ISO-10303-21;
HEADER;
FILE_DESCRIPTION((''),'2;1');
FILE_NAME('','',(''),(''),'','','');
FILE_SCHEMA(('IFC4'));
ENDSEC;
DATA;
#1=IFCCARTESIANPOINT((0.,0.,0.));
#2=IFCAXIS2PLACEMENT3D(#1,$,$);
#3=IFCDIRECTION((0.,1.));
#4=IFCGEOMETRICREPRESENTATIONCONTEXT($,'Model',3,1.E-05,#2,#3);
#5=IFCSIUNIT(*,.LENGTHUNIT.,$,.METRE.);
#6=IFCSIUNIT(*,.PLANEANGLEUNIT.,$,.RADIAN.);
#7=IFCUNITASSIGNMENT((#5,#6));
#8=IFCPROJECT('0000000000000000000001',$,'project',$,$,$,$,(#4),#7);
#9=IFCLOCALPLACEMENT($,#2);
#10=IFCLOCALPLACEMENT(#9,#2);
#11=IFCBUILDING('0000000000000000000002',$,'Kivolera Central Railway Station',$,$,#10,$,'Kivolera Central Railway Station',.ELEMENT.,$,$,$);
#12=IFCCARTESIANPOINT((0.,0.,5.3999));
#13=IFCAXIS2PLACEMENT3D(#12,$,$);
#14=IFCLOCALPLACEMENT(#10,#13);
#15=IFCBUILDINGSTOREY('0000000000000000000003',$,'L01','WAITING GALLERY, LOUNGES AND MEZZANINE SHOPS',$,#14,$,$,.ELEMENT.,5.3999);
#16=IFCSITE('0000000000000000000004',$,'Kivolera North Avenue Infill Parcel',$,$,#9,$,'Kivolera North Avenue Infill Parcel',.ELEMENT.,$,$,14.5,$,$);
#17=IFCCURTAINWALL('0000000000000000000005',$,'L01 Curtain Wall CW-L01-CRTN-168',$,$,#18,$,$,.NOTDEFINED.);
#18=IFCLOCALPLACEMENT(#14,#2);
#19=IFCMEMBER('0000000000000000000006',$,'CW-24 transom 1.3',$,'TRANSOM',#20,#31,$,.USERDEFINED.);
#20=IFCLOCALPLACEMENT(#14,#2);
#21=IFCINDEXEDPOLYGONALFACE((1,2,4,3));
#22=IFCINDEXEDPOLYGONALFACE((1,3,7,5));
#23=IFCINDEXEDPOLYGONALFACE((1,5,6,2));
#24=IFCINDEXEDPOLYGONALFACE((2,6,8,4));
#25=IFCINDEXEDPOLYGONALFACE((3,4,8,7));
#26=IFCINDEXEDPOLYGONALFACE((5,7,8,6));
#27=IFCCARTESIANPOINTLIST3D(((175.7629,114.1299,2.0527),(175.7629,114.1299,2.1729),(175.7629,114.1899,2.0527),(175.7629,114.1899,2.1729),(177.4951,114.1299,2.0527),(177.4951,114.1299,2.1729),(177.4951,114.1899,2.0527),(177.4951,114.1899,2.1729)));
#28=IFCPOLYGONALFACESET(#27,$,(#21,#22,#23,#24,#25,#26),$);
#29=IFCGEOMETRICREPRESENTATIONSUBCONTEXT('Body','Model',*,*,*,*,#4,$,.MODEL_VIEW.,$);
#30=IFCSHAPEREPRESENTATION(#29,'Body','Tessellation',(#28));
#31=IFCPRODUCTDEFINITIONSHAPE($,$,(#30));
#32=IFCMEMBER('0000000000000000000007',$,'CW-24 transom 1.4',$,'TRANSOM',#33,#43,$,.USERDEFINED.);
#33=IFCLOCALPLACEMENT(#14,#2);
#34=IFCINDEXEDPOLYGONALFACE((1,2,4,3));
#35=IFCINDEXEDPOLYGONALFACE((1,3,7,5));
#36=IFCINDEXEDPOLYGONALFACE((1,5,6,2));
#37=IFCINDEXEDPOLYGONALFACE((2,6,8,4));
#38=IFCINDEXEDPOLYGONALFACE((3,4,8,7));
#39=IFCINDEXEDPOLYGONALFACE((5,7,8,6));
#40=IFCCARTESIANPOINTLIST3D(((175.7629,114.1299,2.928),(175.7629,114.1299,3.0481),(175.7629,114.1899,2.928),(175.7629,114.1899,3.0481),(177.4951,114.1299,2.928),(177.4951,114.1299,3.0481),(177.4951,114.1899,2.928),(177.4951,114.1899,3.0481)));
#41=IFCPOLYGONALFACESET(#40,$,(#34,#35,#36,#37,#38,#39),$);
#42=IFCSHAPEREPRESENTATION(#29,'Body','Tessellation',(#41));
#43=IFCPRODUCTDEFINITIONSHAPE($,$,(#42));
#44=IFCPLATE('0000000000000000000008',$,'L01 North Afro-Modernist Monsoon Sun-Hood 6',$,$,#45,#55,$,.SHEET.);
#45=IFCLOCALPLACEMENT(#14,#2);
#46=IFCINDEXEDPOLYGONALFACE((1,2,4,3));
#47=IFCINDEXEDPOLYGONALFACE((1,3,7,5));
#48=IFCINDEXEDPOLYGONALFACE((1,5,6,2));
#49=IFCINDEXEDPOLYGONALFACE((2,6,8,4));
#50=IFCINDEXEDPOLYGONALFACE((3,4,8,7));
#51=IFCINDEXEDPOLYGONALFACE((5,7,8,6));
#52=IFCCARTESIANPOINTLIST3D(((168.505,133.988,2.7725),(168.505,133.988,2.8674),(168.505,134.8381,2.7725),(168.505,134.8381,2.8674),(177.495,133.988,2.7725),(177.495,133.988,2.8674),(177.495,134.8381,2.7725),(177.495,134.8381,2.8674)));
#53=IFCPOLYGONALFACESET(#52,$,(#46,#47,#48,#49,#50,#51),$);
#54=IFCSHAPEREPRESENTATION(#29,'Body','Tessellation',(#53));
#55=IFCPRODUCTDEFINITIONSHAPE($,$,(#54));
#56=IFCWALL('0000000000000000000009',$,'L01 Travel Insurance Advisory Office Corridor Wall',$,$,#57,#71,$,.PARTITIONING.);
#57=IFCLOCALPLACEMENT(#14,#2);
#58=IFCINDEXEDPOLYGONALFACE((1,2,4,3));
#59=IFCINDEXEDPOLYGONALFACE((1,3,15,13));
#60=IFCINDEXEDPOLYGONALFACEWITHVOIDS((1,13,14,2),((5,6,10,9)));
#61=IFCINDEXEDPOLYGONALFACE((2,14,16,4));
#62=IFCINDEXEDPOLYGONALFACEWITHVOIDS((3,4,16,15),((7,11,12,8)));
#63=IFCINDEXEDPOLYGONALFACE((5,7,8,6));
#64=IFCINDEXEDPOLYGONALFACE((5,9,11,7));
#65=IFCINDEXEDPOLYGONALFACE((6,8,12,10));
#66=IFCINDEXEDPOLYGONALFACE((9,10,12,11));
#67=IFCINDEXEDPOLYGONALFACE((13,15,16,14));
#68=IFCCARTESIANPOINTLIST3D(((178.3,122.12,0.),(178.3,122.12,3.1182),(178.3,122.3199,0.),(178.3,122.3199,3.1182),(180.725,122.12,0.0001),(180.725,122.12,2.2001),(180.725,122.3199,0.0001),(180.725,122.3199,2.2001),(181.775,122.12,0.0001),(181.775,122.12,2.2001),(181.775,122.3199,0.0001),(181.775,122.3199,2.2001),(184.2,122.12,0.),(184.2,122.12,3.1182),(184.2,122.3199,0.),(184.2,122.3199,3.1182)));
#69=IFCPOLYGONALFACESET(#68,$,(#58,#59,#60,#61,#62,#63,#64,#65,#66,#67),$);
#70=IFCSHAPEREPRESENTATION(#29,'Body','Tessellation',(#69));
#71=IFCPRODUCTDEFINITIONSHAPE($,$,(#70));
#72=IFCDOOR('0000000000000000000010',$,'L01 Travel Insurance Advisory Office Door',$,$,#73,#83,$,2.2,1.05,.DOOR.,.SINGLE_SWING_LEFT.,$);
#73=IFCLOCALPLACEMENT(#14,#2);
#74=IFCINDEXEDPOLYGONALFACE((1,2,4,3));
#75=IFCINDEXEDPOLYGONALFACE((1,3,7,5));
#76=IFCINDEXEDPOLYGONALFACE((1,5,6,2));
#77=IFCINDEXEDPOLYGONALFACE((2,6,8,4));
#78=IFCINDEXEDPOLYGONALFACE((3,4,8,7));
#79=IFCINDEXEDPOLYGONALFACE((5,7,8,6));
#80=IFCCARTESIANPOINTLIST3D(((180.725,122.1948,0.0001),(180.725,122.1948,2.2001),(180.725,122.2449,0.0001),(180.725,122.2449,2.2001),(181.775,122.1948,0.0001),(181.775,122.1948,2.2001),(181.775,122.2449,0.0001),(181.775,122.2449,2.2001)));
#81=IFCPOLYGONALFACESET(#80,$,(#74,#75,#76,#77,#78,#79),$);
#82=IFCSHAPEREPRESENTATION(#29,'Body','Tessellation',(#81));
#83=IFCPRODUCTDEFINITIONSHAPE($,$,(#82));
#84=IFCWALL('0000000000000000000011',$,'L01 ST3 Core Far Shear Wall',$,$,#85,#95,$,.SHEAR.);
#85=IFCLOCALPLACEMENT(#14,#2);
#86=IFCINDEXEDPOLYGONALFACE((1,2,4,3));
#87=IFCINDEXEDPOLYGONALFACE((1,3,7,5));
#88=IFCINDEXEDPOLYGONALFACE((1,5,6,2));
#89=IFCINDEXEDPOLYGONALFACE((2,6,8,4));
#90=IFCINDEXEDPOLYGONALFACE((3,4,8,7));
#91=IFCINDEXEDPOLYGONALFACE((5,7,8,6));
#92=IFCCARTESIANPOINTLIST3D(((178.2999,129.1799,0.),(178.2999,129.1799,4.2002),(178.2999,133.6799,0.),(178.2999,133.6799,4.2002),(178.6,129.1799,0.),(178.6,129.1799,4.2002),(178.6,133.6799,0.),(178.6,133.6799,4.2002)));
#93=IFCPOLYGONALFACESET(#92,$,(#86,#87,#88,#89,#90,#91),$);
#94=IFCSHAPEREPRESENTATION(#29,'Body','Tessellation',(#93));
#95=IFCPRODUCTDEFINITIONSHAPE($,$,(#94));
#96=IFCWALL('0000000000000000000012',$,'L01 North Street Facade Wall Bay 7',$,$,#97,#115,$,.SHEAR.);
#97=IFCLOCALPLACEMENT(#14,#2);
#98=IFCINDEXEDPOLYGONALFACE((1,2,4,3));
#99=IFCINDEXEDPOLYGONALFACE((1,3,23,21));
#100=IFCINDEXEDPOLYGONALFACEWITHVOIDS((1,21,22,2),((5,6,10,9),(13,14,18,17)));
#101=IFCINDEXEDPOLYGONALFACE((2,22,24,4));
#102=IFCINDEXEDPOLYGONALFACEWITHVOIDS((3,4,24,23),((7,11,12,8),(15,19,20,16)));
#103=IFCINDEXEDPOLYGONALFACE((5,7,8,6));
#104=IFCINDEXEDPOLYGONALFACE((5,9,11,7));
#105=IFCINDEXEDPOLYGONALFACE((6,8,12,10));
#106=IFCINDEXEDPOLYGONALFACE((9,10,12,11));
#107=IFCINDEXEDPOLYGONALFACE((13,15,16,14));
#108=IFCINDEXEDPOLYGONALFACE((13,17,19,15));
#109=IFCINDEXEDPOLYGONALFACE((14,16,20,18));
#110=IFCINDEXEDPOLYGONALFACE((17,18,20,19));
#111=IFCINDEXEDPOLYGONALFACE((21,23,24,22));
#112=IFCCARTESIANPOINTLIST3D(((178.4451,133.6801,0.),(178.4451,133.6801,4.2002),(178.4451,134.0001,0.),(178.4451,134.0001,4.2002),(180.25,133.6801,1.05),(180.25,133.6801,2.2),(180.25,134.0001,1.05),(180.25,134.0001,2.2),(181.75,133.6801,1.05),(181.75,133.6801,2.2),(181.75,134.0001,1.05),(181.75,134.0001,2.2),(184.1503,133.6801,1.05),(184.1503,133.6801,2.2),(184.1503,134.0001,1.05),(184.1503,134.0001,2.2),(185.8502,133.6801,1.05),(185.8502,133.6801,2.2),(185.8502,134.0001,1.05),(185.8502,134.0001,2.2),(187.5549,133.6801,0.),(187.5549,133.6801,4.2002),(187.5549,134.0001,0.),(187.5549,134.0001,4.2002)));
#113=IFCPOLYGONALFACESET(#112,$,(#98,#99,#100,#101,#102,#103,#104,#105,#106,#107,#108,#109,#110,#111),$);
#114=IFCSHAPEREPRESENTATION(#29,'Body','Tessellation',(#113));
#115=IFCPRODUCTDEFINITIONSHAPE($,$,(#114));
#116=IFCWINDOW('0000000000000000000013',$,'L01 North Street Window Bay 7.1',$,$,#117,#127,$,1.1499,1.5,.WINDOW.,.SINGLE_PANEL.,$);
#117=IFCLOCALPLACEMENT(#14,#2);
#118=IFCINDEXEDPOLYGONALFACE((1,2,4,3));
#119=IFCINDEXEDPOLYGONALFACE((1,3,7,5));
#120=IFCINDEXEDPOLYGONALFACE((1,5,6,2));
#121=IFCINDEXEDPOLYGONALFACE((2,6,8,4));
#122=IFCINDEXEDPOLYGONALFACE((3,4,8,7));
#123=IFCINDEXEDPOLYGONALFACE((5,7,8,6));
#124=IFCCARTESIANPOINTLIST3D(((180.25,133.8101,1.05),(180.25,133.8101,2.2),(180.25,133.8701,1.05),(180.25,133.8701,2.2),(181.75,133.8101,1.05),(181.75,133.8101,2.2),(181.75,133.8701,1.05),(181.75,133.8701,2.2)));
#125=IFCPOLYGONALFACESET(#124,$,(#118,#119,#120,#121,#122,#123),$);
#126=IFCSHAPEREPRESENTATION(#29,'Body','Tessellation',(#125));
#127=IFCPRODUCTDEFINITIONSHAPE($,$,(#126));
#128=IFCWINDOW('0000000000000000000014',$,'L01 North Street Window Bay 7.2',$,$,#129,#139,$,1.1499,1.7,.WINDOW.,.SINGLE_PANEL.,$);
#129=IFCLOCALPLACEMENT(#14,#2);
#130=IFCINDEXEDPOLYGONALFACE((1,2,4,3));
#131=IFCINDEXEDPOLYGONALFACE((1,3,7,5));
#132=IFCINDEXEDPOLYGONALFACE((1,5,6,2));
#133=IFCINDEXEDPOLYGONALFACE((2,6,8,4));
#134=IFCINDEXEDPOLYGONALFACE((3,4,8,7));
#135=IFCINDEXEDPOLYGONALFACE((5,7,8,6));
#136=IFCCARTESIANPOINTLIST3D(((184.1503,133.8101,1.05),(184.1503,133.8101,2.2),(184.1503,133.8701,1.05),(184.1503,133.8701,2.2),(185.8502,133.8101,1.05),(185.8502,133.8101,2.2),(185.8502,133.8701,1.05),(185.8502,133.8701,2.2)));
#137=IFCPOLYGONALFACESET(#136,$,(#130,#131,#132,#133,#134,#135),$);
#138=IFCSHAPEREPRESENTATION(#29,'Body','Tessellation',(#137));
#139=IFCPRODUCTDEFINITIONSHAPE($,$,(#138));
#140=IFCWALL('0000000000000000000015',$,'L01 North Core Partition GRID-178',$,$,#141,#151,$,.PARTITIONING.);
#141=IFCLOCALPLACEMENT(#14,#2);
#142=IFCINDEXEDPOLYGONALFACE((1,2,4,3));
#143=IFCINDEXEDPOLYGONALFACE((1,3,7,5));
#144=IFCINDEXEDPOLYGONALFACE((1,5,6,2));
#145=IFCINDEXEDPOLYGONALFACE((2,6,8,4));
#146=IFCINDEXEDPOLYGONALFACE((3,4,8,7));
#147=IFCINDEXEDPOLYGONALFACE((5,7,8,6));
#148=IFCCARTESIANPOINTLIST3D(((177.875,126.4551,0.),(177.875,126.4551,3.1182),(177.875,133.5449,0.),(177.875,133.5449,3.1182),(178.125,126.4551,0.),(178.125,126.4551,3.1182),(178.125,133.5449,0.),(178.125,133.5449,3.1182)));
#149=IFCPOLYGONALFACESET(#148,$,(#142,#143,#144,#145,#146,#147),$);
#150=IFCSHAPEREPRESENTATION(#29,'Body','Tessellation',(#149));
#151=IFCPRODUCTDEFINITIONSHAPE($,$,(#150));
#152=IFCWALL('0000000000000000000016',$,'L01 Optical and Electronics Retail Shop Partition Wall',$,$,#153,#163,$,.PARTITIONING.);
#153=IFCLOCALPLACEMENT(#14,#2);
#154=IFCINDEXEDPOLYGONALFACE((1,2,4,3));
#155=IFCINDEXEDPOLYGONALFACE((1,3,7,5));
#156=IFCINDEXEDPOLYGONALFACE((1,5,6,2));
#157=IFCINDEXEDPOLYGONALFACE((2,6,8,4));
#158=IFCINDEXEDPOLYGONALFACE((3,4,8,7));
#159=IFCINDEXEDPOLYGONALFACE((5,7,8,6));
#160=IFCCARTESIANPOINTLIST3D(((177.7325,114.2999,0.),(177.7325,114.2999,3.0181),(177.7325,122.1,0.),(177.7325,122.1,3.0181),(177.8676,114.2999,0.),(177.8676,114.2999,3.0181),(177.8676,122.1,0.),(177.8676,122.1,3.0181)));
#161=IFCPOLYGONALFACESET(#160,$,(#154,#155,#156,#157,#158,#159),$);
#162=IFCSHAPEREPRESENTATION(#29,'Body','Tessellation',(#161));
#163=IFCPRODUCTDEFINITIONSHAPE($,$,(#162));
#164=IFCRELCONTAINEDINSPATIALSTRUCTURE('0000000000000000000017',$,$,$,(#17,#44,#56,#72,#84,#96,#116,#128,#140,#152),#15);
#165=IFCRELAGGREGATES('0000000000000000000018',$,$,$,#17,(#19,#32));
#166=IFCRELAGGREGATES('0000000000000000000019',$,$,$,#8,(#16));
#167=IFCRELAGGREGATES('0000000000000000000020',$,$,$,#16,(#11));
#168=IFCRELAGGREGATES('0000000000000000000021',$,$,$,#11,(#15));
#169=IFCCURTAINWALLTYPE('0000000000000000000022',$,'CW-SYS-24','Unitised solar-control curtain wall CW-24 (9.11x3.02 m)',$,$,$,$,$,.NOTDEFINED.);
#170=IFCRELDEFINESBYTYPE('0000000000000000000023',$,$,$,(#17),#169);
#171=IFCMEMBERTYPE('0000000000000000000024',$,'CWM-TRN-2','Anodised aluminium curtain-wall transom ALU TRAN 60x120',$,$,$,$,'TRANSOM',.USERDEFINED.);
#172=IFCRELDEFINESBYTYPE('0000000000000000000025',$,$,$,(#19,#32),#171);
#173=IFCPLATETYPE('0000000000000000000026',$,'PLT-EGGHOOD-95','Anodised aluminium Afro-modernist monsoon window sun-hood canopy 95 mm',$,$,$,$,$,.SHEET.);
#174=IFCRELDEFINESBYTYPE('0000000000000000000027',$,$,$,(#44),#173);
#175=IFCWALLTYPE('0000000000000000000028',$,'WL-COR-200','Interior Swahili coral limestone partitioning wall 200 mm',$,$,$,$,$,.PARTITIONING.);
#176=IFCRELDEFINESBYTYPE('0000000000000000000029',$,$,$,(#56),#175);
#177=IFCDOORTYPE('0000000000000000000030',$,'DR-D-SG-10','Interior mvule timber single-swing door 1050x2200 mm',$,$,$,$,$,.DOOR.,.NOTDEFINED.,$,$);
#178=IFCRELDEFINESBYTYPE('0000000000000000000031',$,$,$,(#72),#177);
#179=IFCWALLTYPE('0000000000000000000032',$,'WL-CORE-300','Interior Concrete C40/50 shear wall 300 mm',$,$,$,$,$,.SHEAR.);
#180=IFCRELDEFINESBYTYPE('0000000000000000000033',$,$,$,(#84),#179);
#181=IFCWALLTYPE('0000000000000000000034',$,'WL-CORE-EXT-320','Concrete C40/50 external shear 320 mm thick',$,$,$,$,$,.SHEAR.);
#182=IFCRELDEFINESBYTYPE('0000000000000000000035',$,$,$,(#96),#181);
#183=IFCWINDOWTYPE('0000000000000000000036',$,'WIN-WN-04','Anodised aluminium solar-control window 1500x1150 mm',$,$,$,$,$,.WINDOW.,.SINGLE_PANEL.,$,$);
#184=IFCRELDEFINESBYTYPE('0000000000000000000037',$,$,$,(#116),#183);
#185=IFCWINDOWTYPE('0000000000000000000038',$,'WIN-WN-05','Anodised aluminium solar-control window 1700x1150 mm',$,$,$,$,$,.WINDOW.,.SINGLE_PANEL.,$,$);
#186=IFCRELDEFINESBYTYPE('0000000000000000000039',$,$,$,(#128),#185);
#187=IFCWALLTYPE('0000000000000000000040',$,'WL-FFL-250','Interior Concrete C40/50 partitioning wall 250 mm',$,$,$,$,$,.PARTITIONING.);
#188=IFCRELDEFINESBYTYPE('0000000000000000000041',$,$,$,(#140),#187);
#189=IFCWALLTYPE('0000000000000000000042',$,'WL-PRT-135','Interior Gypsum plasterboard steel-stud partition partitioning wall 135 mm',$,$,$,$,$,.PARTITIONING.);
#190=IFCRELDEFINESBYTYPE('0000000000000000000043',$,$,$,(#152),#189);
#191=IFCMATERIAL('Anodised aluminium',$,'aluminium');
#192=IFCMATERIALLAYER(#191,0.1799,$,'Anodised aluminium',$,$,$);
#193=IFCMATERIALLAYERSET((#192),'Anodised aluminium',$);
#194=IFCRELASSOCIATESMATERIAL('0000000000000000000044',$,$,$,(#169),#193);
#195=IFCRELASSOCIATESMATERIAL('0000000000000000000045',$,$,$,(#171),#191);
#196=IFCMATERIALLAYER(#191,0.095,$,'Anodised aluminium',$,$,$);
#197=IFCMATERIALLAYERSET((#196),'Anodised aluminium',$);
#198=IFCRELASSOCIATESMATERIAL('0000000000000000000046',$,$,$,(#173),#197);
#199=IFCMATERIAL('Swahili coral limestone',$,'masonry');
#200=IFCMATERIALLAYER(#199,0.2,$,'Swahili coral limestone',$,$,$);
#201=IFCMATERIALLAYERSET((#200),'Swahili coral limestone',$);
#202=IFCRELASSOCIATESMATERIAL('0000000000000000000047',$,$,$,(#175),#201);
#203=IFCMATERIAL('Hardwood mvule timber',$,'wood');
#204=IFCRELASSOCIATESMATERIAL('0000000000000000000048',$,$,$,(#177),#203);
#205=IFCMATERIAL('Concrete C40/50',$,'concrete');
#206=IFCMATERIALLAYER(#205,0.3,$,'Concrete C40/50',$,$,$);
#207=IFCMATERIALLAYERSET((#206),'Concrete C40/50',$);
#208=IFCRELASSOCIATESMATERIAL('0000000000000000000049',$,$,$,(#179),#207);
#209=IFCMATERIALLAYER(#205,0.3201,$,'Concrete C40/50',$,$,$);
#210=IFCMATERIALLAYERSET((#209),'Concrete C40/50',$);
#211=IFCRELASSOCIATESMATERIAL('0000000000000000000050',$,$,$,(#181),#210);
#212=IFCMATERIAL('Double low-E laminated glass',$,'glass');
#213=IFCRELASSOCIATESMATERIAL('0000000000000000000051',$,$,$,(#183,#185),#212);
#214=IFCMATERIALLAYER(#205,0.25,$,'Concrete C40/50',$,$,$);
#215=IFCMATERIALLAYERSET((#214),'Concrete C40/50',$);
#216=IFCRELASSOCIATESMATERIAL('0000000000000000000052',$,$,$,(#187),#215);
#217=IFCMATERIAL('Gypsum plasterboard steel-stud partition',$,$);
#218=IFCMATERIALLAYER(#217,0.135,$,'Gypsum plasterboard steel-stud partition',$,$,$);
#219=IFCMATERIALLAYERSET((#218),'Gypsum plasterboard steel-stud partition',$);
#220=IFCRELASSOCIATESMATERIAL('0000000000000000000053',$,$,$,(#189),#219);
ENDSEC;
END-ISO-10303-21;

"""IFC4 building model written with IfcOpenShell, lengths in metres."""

from ifc_helpers import new_model, si_unit, direction, frame, frame_2d, origin, origin_2d, place, context, subcontext, project, spatial, rectangle, extrude, material, layer, layer_set, material_profile, profile_set, type_object, element, fill, aggregate, save


model = new_model("IFC4")

# Units and contexts
model_context = context("Model", 3, precision=1e-05, world=origin(), true_north=direction((0.0, 1.0)))
body_context = subcontext(model_context, "Body", "Model", "MODEL_VIEW")
ifc_project = project(units=[si_unit("LENGTHUNIT", "METRE"), si_unit("PLANEANGLEUNIT", "RADIAN")], contexts=[model_context])

# Site, building, storey
site_placement = place(None, origin())
site = spatial("IfcSite", under=ifc_project, at=site_placement, Name="Kivolera North Avenue Infill Parcel", LongName="Kivolera North Avenue Infill Parcel", CompositionType="ELEMENT", RefElevation=14.5)
building_placement = place(site_placement, origin())
building = spatial("IfcBuilding", under=site, at=building_placement, Name="Kivolera Central Railway Station", LongName="Kivolera Central Railway Station", CompositionType="ELEMENT")
storey_placement = place(building_placement, frame((0.0, 0.0, 5.3999)))
storey = spatial("IfcBuildingStorey", under=building, at=storey_placement, Name="L01", Description="WAITING GALLERY, LOUNGES AND MEZZANINE SHOPS", CompositionType="ELEMENT", Elevation=5.3999)

# Shared definitions
ifc_material_1 = material(Name="Concrete C40/50", Category="concrete")

# Curtain wall, members
ifc_material_2 = material(Name="Anodised aluminium", Category="aluminium")
ifc_layer_1 = layer(ifc_material_2, 0.1799, Name="Anodised aluminium")
ifc_layer_set_1 = layer_set([ifc_layer_1], Name="Anodised aluminium")
curtain_wall_type = type_object("IfcCurtainWallType", Name="CW-SYS-24", Description="Unitised solar-control curtain wall CW-24 (9.11x3.02 m)", PredefinedType="NOTDEFINED", material=ifc_layer_set_1)
curtain_wall_placement = place(storey_placement, origin())
curtain_wall = element("IfcCurtainWall", 1, at=curtain_wall_placement, inside=storey, type_object=curtain_wall_type, Name="L01 Curtain Wall CW-L01-CRTN-168", PredefinedType="NOTDEFINED")
ifc_material_profile_1 = material_profile(ifc_material_2, rectangle(XDim=0.0601, YDim=0.1201, at=origin_2d()), Name="ALU TRAN 60x120")
ifc_profile_set_1 = profile_set([ifc_material_profile_1], Name="Anodised aluminium")
member_type_1 = type_object("IfcMemberType", Name="CWM-TRN-2", Description="Anodised aluminium curtain-wall transom ALU TRAN 60x120", ElementType="TRANSOM", PredefinedType="USERDEFINED", material=ifc_profile_set_1)
member_1_placement = place(storey_placement, frame((177.4951, 114.1599, 2.1128), z_axis=(-1.0, 0.0, 0.0), x_axis=(0.0, -1.0, 0.0)))
member_1 = element("IfcMember", 2, at=member_1_placement, type_object=member_type_1, Name="CW-24 transom 1.3", ObjectType="TRANSOM", PredefinedType="USERDEFINED", context=body_context, shape_type="SweptSolid", body=[
    extrude(rectangle(XDim=0.0601, YDim=0.1201, at=origin_2d()), origin(), (0.0, 0.0, 1.0), 1.7322),
])
member_2_placement = place(storey_placement, frame((177.4951, 114.1599, 2.988), z_axis=(-1.0, 0.0, 0.0), x_axis=(0.0, -1.0, 0.0)))
member_2 = element("IfcMember", 3, at=member_2_placement, type_object=member_type_1, Name="CW-24 transom 1.4", ObjectType="TRANSOM", PredefinedType="USERDEFINED", context=body_context, shape_type="SweptSolid", body=[
    extrude(rectangle(XDim=0.0601, YDim=0.1201, at=origin_2d()), origin(), (0.0, 0.0, 1.0), 1.7322),
])
aggregate(curtain_wall, [member_1, member_2])

# Plate
ifc_layer_2 = layer(ifc_material_2, 0.095, Name="Anodised aluminium")
ifc_layer_set_2 = layer_set([ifc_layer_2], Name="Anodised aluminium")
plate_type = type_object("IfcPlateType", Name="PLT-EGGHOOD-95", Description="Anodised aluminium Afro-modernist monsoon window sun-hood canopy 95 mm", PredefinedType="SHEET", material=ifc_layer_set_2)
plate_placement = place(storey_placement, frame((173.0, 134.4131, 2.7725), z_axis=(0.0, 0.0, 1.0), x_axis=(1.0, 0.0, 0.0)))
element("IfcPlate", 4, at=plate_placement, inside=storey, type_object=plate_type, Name="L01 North Afro-Modernist Monsoon Sun-Hood 6", PredefinedType="SHEET", context=body_context, shape_type="SweptSolid", body=[
    extrude(rectangle(XDim=8.99, YDim=0.8501, at=origin_2d()), origin(), (0.0, 0.0, 1.0), 0.095),
])

# Wall, opening, door
ifc_material_3 = material(Name="Swahili coral limestone", Category="masonry")
ifc_layer_3 = layer(ifc_material_3, 0.2, Name="Swahili coral limestone")
ifc_layer_set_3 = layer_set([ifc_layer_3], Name="Swahili coral limestone")
wall_type_1 = type_object("IfcWallType", Name="WL-COR-200", Description="Interior Swahili coral limestone partitioning wall 200 mm", PredefinedType="PARTITIONING", material=ifc_layer_set_3)
wall_1_placement = place(storey_placement, frame((178.3, 122.22, 0.0), z_axis=(0.0, 0.0, 1.0), x_axis=(1.0, 0.0, 0.0)))
wall_1 = element("IfcWall", 5, at=wall_1_placement, inside=storey, type_object=wall_type_1, Name="L01 Travel Insurance Advisory Office Corridor Wall", PredefinedType="PARTITIONING", context=body_context, shape_type="SweptSolid", body=[
    extrude(rectangle(XDim=5.8999, YDim=0.2, at=frame_2d((2.95, 0.0))), origin(), (0.0, 0.0, 1.0), 3.1182),
])
opening_1_placement = place(wall_1_placement, frame((2.425, 0.0, 0.0)))
opening_1 = element("IfcOpeningElement", 6, at=opening_1_placement, cuts=wall_1, PredefinedType="OPENING", context=body_context, shape_type="SweptSolid", body=[
    extrude(rectangle(XDim=1.05, YDim=2.2, at=frame_2d((0.5249, 1.1001))), frame((0.0, 0.1099, 0.0), z_axis=(0.0, -1.0, 0.0), x_axis=(1.0, 0.0, 0.0)), (0.0, 0.0, 1.0), 0.22),
])
ifc_material_4 = material(Name="Hardwood mvule timber", Category="wood")
door_type_1 = type_object("IfcDoorType", Name="DR-D-SG-10", Description="Interior mvule timber single-swing door 1050x2200 mm", OperationType="NOTDEFINED", PredefinedType="DOOR", material=ifc_material_4)
door_1_placement = place(opening_1_placement, origin())
door_1 = element("IfcDoor", 7, at=door_1_placement, inside=storey, type_object=door_type_1, Name="L01 Travel Insurance Advisory Office Door", OperationType="SINGLE_SWING_LEFT", OverallHeight=2.2, OverallWidth=1.05, PredefinedType="DOOR", context=body_context, shape_type="SweptSolid", body=[
    extrude(rectangle(XDim=1.05, YDim=2.2, at=frame_2d((0.5249, 1.1001))), frame((0.0, 0.0249, 0.0), z_axis=(0.0, -1.0, 0.0), x_axis=(1.0, 0.0, 0.0)), (0.0, 0.0, 1.0), 0.05),
])
fill(opening_1, door_1)

# Wall
ifc_layer_4 = layer(ifc_material_1, 0.3, Name="Concrete C40/50")
ifc_layer_set_4 = layer_set([ifc_layer_4], Name="Concrete C40/50")
wall_type_2 = type_object("IfcWallType", Name="WL-CORE-300", Description="Interior Concrete C40/50 shear wall 300 mm", PredefinedType="SHEAR", material=ifc_layer_set_4)
wall_2_placement = place(storey_placement, frame((178.45, 129.1799, 0.0), z_axis=(0.0, 0.0, 1.0), x_axis=(0.0, 1.0, 0.0)))
element("IfcWall", 8, at=wall_2_placement, inside=storey, type_object=wall_type_2, Name="L01 ST3 Core Far Shear Wall", PredefinedType="SHEAR", context=body_context, shape_type="SweptSolid", body=[
    extrude(rectangle(XDim=4.5, YDim=0.3, at=frame_2d((2.25, 0.0))), origin(), (0.0, 0.0, 1.0), 4.2002),
])

# Wall, openings, windows
ifc_layer_5 = layer(ifc_material_1, 0.3201, Name="Concrete C40/50")
ifc_layer_set_5 = layer_set([ifc_layer_5], Name="Concrete C40/50")
wall_type_3 = type_object("IfcWallType", Name="WL-CORE-EXT-320", Description="Concrete C40/50 external shear 320 mm thick", PredefinedType="SHEAR", material=ifc_layer_set_5)
wall_3_placement = place(storey_placement, frame((178.4451, 133.8401, 0.0), z_axis=(0.0, 0.0, 1.0), x_axis=(1.0, 0.0, 0.0)))
wall_3 = element("IfcWall", 9, at=wall_3_placement, inside=storey, type_object=wall_type_3, Name="L01 North Street Facade Wall Bay 7", PredefinedType="SHEAR", context=body_context, shape_type="SweptSolid", body=[
    extrude(rectangle(XDim=9.1099, YDim=0.3201, at=frame_2d((4.5549, 0.0))), origin(), (0.0, 0.0, 1.0), 4.2002),
])
opening_2_placement = place(wall_3_placement, frame((1.8049, 0.0, 1.05)))
opening_2 = element("IfcOpeningElement", 10, at=opening_2_placement, cuts=wall_3, PredefinedType="OPENING", context=body_context, shape_type="SweptSolid", body=[
    extrude(rectangle(XDim=1.5, YDim=1.1499, at=frame_2d((0.75, 0.575))), frame((0.0, 0.1699, 0.0), z_axis=(0.0, -1.0, 0.0), x_axis=(1.0, 0.0, 0.0)), (0.0, 0.0, 1.0), 0.3401),
])
opening_3_placement = place(wall_3_placement, frame((5.7051, 0.0, 1.05)))
opening_3 = element("IfcOpeningElement", 11, at=opening_3_placement, cuts=wall_3, PredefinedType="OPENING", context=body_context, shape_type="SweptSolid", body=[
    extrude(rectangle(XDim=1.7, YDim=1.1499, at=frame_2d((0.8501, 0.575))), frame((0.0, 0.1699, 0.0), z_axis=(0.0, -1.0, 0.0), x_axis=(1.0, 0.0, 0.0)), (0.0, 0.0, 1.0), 0.3401),
])
ifc_material_5 = material(Name="Double low-E laminated glass", Category="glass")
window_type_1 = type_object("IfcWindowType", Name="WIN-WN-04", Description="Anodised aluminium solar-control window 1500x1150 mm", PartitioningType="SINGLE_PANEL", PredefinedType="WINDOW", material=ifc_material_5)
window_1_placement = place(opening_2_placement, origin())
window_1 = element("IfcWindow", 12, at=window_1_placement, inside=storey, type_object=window_type_1, Name="L01 North Street Window Bay 7.1", OverallHeight=1.1499, OverallWidth=1.5, PartitioningType="SINGLE_PANEL", PredefinedType="WINDOW", context=body_context, shape_type="SweptSolid", body=[
    extrude(rectangle(XDim=1.5, YDim=1.1499, at=frame_2d((0.75, 0.575))), frame((0.0, 0.03, 0.0), z_axis=(0.0, -1.0, 0.0), x_axis=(1.0, 0.0, 0.0)), (0.0, 0.0, 1.0), 0.0601),
])
fill(opening_2, window_1)
window_type_2 = type_object("IfcWindowType", Name="WIN-WN-05", Description="Anodised aluminium solar-control window 1700x1150 mm", PartitioningType="SINGLE_PANEL", PredefinedType="WINDOW", material=ifc_material_5)
window_2_placement = place(opening_3_placement, origin())
window_2 = element("IfcWindow", 13, at=window_2_placement, inside=storey, type_object=window_type_2, Name="L01 North Street Window Bay 7.2", OverallHeight=1.1499, OverallWidth=1.7, PartitioningType="SINGLE_PANEL", PredefinedType="WINDOW", context=body_context, shape_type="SweptSolid", body=[
    extrude(rectangle(XDim=1.7, YDim=1.1499, at=frame_2d((0.8501, 0.575))), frame((0.0, 0.03, 0.0), z_axis=(0.0, -1.0, 0.0), x_axis=(1.0, 0.0, 0.0)), (0.0, 0.0, 1.0), 0.0601),
])
fill(opening_3, window_2)

# Shared definitions
ifc_layer_6 = layer(ifc_material_1, 0.25, Name="Concrete C40/50")
ifc_layer_set_6 = layer_set([ifc_layer_6], Name="Concrete C40/50")
wall_type_4 = type_object("IfcWallType", Name="WL-FFL-250", Description="Interior Concrete C40/50 partitioning wall 250 mm", PredefinedType="PARTITIONING", material=ifc_layer_set_6)

# Walls
wall_4_placement = place(storey_placement, frame((178.0, 126.4551, 0.0), z_axis=(0.0, 0.0, 1.0), x_axis=(0.0, 1.0, 0.0)))
element("IfcWall", 14, at=wall_4_placement, inside=storey, type_object=wall_type_4, Name="L01 North Core Partition GRID-178", PredefinedType="PARTITIONING", context=body_context, shape_type="SweptSolid", body=[
    extrude(rectangle(XDim=7.0898, YDim=0.25, at=frame_2d((3.5449, 0.0))), origin(), (0.0, 0.0, 1.0), 3.1182),
])
ifc_material_6 = material(Name="Gypsum plasterboard steel-stud partition")
ifc_layer_7 = layer(ifc_material_6, 0.135, Name="Gypsum plasterboard steel-stud partition")
ifc_layer_set_7 = layer_set([ifc_layer_7], Name="Gypsum plasterboard steel-stud partition")
wall_type_5 = type_object("IfcWallType", Name="WL-PRT-135", Description="Interior Gypsum plasterboard steel-stud partition partitioning wall 135 mm", PredefinedType="PARTITIONING", material=ifc_layer_set_7)
wall_5_placement = place(storey_placement, frame((177.8, 114.3, 0.0), z_axis=(0.0, 0.0, 1.0), x_axis=(0.0, 1.0, 0.0)))
element("IfcWall", 15, at=wall_5_placement, inside=storey, type_object=wall_type_5, Name="L01 Optical and Electronics Retail Shop Partition Wall", PredefinedType="PARTITIONING", context=body_context, shape_type="SweptSolid", body=[
    extrude(rectangle(XDim=7.8, YDim=0.135, at=frame_2d((3.8999, 0.0))), origin(), (0.0, 0.0, 1.0), 3.0181),
])

save(model, "model.ifc")
